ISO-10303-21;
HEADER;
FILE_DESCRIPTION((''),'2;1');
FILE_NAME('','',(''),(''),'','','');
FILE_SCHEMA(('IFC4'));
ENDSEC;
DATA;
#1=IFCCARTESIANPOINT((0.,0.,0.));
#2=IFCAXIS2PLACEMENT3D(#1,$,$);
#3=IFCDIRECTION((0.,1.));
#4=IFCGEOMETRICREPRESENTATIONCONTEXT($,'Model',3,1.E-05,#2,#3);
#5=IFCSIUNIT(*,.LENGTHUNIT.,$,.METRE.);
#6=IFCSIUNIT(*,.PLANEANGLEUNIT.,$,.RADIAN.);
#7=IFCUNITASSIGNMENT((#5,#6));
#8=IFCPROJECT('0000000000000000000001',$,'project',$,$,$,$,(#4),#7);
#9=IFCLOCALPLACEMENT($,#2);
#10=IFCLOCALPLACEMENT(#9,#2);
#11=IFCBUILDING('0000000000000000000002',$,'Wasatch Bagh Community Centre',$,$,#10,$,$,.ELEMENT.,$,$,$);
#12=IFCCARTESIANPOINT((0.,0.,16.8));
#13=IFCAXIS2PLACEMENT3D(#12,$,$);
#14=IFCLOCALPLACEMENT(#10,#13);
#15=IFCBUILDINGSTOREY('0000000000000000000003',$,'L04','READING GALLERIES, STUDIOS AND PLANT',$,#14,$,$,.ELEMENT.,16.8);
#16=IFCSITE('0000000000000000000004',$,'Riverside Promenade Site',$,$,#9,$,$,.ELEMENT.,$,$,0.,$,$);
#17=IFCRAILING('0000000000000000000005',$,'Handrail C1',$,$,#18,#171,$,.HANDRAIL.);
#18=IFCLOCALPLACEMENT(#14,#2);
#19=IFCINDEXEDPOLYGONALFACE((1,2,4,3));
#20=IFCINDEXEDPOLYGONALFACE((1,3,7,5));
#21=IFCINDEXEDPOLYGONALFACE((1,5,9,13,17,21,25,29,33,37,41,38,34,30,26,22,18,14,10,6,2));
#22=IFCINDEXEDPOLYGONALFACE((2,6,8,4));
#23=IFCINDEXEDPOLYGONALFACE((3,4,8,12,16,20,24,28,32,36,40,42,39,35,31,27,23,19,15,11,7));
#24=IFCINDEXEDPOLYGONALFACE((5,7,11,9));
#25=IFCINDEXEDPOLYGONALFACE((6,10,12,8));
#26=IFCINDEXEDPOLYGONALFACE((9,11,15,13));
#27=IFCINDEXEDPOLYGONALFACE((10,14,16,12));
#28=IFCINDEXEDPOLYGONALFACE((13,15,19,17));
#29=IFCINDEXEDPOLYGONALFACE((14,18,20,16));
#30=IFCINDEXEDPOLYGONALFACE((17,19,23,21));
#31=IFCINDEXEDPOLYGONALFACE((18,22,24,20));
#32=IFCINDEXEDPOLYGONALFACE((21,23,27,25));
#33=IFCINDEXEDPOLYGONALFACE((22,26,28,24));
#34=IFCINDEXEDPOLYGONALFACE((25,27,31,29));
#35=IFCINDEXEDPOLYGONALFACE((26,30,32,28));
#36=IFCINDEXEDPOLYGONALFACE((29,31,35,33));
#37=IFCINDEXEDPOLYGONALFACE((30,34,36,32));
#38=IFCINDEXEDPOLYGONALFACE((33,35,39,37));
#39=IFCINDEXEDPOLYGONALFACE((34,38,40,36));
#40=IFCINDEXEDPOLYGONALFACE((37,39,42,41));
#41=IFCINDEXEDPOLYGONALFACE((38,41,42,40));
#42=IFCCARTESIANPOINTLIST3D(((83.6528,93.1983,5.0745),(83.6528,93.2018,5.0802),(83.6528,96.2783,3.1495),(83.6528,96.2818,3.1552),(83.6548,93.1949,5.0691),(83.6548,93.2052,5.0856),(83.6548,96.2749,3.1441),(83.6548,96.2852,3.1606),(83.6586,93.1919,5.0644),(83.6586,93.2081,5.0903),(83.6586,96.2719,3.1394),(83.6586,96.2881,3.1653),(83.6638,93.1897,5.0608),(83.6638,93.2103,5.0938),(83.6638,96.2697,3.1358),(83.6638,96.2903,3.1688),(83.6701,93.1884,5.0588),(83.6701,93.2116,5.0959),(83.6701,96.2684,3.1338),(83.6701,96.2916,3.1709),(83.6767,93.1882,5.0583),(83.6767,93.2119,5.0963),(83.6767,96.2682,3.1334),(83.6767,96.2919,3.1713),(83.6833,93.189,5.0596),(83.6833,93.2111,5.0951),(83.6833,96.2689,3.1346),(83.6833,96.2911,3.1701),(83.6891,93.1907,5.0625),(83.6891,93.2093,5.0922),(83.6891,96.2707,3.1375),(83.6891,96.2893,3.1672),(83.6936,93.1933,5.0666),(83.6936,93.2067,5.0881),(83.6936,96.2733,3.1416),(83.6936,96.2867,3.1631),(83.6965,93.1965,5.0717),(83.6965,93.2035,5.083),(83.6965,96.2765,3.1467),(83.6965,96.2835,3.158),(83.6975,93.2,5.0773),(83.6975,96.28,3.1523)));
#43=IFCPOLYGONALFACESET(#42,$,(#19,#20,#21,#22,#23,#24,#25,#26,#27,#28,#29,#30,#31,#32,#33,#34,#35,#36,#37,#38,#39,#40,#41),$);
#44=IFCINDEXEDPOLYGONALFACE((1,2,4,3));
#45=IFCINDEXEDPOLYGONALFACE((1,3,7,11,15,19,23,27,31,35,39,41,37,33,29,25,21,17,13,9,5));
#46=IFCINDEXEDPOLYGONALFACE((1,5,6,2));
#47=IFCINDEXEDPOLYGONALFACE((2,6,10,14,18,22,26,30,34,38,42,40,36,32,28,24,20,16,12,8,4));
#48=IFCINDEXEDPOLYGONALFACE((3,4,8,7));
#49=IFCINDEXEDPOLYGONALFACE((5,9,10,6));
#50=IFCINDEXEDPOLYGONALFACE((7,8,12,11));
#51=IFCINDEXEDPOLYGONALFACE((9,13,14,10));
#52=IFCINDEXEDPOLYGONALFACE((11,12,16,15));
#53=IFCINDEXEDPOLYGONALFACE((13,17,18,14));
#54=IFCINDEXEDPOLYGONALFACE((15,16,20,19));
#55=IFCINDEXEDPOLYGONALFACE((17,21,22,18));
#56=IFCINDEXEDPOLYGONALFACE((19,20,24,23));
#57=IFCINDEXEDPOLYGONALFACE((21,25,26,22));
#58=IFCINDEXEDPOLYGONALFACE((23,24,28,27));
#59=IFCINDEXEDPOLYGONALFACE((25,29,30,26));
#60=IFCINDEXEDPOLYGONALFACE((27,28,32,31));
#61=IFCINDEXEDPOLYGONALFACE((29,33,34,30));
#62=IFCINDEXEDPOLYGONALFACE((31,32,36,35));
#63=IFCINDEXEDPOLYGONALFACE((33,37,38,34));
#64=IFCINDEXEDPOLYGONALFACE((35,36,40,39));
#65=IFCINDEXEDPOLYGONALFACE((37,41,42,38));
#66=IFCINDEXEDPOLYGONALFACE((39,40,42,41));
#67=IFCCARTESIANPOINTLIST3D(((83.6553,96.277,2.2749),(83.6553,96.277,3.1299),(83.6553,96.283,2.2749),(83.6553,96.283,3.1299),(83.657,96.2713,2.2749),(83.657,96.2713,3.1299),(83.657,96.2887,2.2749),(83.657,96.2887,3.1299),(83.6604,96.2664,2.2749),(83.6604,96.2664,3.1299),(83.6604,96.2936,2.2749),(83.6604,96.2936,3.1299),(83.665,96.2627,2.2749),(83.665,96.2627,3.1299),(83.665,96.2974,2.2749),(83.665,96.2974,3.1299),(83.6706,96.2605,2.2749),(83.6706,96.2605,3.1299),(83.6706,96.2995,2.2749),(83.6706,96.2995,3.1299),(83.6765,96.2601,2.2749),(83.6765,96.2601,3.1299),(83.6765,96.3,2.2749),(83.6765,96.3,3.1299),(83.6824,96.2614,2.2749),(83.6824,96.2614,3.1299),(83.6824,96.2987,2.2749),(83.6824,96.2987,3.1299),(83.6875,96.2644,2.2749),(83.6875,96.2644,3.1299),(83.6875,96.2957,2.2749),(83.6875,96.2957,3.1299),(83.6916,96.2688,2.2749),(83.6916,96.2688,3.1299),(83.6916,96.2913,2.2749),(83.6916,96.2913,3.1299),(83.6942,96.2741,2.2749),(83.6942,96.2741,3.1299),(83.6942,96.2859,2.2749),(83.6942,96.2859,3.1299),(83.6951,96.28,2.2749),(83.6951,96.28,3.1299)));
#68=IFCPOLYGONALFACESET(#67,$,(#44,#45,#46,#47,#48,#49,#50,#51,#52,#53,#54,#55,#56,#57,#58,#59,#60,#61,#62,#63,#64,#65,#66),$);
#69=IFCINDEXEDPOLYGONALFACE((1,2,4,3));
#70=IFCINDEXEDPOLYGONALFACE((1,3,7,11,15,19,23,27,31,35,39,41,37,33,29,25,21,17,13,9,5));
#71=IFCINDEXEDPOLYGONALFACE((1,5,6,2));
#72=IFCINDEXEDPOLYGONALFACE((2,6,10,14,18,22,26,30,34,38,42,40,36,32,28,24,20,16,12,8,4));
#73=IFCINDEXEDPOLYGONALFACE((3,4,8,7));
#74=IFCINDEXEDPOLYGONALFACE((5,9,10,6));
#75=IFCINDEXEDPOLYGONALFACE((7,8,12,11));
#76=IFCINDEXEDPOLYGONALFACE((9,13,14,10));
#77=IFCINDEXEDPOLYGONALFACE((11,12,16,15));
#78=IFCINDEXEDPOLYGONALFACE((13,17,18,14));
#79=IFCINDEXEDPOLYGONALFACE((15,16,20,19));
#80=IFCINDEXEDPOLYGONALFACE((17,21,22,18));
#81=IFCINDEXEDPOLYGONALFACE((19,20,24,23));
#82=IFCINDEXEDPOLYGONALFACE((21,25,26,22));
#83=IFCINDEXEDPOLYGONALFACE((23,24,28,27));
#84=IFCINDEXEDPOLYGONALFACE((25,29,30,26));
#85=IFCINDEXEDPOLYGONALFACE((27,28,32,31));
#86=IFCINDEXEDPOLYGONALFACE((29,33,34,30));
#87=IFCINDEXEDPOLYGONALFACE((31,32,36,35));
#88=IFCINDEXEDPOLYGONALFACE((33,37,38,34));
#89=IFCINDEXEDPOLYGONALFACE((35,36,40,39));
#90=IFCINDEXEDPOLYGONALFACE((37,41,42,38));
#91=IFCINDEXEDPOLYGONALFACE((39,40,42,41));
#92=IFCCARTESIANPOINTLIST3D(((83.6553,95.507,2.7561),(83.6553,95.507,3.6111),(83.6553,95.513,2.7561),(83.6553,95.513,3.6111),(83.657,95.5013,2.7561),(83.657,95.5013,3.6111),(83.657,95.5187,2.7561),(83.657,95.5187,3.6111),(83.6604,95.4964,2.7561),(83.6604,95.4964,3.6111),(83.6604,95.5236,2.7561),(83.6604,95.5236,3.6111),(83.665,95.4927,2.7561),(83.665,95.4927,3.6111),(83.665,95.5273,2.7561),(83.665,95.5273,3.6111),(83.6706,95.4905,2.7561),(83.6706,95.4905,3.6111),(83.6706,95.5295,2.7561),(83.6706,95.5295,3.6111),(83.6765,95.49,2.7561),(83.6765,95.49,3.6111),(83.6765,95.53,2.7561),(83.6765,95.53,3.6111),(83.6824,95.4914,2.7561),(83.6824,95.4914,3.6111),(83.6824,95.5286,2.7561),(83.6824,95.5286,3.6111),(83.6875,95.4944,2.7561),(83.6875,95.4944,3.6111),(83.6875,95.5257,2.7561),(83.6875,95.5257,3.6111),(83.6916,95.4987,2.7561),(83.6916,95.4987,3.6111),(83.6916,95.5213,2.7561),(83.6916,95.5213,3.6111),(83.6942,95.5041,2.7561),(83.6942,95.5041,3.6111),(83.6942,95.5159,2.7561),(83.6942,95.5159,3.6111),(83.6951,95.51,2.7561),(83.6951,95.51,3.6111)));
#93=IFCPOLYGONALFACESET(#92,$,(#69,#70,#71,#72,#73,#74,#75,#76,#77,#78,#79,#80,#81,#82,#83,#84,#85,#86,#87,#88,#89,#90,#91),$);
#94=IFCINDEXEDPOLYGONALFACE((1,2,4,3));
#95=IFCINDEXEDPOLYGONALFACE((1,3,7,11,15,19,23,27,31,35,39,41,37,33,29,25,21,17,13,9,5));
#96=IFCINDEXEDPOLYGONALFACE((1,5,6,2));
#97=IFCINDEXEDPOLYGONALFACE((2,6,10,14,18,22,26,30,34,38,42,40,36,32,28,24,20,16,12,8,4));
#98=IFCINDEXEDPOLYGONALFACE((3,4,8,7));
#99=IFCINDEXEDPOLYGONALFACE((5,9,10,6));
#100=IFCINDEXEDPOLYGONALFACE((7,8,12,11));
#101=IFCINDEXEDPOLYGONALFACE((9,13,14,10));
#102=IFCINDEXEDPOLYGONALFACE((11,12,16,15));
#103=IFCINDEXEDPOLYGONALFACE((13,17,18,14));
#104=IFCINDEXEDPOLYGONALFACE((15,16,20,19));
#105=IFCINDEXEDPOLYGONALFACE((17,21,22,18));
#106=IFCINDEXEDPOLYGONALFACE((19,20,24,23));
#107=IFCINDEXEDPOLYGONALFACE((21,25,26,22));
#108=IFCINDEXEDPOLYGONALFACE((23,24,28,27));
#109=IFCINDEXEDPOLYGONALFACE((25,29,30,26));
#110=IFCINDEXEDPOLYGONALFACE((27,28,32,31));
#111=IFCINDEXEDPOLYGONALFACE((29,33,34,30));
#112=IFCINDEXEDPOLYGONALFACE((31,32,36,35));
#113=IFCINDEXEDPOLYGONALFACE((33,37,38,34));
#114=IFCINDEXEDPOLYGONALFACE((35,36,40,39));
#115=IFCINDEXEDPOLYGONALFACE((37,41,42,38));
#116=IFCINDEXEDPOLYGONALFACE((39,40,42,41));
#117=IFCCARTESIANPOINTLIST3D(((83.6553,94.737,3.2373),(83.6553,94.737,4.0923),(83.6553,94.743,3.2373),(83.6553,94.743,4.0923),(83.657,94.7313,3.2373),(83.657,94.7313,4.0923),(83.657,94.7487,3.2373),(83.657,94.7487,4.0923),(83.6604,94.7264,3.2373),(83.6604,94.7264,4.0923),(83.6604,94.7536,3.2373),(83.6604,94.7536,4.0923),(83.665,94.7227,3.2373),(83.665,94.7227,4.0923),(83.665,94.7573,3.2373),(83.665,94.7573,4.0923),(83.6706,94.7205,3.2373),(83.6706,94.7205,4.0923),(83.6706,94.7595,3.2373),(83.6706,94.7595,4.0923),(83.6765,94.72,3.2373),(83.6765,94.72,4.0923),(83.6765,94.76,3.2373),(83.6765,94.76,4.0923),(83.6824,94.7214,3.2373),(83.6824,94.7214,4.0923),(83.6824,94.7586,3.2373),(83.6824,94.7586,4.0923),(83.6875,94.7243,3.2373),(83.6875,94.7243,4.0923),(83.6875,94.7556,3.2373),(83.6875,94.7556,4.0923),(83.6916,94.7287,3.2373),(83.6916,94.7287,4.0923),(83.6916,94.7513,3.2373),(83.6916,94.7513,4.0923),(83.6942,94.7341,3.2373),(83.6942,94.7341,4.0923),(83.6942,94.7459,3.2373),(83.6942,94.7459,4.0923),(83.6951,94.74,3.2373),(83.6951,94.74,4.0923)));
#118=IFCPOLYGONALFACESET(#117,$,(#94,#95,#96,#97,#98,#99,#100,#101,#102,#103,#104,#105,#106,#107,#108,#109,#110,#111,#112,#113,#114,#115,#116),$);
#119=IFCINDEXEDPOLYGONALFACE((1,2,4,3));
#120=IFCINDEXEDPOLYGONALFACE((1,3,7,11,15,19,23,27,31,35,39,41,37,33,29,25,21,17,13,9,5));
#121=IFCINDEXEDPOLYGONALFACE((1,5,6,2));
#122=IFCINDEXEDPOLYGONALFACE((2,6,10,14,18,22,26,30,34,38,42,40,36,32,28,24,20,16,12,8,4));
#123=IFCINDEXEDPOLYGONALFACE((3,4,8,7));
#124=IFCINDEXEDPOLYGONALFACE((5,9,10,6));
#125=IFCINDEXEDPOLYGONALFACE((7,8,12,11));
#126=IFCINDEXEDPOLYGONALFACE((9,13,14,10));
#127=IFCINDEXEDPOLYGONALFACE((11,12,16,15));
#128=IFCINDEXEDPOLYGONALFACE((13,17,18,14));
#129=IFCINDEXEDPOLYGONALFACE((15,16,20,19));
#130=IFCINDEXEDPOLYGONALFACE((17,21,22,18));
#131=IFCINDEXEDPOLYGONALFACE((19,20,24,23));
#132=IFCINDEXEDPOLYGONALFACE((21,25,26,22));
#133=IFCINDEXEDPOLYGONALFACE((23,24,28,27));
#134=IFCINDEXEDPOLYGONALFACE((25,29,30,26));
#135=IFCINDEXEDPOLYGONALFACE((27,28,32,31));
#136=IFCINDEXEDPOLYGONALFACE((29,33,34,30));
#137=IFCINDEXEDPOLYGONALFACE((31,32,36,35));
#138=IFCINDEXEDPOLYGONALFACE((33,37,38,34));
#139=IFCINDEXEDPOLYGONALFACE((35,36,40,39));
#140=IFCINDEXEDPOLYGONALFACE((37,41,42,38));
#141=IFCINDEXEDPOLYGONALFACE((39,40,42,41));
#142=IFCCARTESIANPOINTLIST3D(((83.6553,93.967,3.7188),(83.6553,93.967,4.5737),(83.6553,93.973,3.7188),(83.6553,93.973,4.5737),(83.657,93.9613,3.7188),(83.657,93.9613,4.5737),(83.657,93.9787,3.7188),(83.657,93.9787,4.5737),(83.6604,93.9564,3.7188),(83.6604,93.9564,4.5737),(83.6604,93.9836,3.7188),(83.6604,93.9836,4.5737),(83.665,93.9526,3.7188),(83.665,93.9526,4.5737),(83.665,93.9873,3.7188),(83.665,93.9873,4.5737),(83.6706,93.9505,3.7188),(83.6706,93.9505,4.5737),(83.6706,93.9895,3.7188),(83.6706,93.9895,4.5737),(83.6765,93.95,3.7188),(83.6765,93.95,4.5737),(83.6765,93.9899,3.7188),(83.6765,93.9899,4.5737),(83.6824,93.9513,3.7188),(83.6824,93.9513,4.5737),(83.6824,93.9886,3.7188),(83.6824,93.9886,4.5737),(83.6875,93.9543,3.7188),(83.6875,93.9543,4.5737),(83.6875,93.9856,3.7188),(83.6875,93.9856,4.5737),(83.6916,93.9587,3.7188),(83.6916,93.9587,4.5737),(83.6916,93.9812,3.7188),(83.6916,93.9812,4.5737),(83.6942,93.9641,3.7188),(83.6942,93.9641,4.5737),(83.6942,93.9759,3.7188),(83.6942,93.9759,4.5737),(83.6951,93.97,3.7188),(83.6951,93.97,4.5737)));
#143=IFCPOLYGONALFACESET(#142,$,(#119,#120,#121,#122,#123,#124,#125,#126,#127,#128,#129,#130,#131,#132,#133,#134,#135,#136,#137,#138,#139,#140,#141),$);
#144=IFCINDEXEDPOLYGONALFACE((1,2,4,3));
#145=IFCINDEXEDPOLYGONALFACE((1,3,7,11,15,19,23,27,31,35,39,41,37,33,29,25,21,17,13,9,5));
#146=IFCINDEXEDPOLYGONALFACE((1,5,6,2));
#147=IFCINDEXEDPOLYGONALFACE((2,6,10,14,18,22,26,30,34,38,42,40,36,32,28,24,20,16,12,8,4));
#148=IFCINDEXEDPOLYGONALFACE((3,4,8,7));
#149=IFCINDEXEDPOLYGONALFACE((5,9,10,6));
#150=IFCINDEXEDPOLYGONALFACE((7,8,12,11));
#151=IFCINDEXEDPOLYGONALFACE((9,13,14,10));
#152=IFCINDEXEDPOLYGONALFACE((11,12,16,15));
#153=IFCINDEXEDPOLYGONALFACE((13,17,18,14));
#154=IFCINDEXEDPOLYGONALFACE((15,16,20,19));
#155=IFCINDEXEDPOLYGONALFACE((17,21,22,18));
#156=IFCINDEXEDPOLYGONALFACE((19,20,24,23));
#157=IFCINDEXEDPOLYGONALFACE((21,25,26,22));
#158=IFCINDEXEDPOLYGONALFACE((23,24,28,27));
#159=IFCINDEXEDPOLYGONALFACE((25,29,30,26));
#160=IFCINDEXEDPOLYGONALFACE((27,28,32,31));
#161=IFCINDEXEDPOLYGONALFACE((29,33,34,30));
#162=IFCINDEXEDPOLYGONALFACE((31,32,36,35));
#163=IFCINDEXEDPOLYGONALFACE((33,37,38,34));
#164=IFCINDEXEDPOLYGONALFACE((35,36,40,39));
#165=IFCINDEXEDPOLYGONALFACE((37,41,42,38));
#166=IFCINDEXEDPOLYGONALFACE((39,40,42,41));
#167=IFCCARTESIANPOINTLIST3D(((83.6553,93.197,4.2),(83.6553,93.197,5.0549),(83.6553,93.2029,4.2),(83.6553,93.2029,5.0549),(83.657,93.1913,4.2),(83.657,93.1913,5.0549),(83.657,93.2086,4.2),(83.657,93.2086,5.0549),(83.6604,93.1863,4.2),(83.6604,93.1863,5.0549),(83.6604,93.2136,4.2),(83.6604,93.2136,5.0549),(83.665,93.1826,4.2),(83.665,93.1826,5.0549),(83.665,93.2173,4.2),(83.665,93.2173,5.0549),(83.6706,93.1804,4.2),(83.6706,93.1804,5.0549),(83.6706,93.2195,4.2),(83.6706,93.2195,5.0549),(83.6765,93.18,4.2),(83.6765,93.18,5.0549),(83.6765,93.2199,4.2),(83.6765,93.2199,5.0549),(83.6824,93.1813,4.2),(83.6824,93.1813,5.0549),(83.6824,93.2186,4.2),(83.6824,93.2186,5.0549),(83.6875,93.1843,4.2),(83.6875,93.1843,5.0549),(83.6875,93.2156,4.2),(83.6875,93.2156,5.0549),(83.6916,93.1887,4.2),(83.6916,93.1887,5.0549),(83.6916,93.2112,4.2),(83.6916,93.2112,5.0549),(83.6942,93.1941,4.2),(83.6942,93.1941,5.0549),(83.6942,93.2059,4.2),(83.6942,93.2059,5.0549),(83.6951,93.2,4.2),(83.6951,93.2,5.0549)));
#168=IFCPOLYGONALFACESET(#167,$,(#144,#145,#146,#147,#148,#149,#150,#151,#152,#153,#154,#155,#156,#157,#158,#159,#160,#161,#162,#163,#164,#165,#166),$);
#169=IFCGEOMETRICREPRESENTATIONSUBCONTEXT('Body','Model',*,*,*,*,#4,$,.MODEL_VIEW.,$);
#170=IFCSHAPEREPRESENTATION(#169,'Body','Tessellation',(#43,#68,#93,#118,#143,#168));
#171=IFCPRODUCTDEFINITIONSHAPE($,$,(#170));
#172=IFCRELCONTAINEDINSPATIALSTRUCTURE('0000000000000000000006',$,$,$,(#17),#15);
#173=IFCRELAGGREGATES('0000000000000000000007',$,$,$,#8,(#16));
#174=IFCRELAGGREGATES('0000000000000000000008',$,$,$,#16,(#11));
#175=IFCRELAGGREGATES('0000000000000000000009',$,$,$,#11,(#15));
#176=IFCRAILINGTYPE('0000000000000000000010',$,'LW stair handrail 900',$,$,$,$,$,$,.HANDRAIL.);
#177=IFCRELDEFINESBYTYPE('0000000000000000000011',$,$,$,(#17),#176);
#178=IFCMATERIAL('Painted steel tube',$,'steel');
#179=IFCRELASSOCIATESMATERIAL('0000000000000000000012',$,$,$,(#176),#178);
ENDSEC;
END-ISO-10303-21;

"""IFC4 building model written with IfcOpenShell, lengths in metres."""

from ifc_helpers import new_model, si_unit, direction, frame, origin, origin_2d, place, context, subcontext, project, spatial, circle, extrude, material, type_object, element, save


model = new_model("IFC4")

# Units and contexts
model_context = context("Model", 3, precision=1e-05, world=origin(), true_north=direction((0.0, 1.0)))
body_context = subcontext(model_context, "Body", "Model", "MODEL_VIEW")
ifc_project = project(units=[si_unit("LENGTHUNIT", "METRE"), si_unit("PLANEANGLEUNIT", "RADIAN")], contexts=[model_context])

# Site, building, storey
site_placement = place(None, origin())
site = spatial("IfcSite", under=ifc_project, at=site_placement, Name="Riverside Promenade Site", CompositionType="ELEMENT", RefElevation=0.0)
building_placement = place(site_placement, origin())
building = spatial("IfcBuilding", under=site, at=building_placement, Name="Wasatch Bagh Community Centre", CompositionType="ELEMENT")
storey_placement = place(building_placement, frame((0.0, 0.0, 16.8)))
storey = spatial("IfcBuildingStorey", under=building, at=storey_placement, Name="L04", Description="READING GALLERIES, STUDIOS AND PLANT", CompositionType="ELEMENT", Elevation=16.8)

# Railing
ifc_material_1 = material(Name="Painted steel tube", Category="steel")
railing_type_1 = type_object("IfcRailingType", Name="LW stair handrail 900", PredefinedType="HANDRAIL", material=ifc_material_1)
for number, where, name in (
    (1, (83.675, 96.28, 2.2749), "Handrail C1"),
):
    element("IfcRailing", number, at=place(storey_placement, frame(where)), inside=storey, type_object=railing_type_1, Name=name, PredefinedType="HANDRAIL", context=body_context, shape_type="SweptSolid", body=[
        extrude(circle(Radius=0.0225, at=origin_2d()), frame((0.0, 0.0, 0.8774), z_axis=(0.0, -0.847998, 0.529999), x_axis=(1.0, 0.0, 0.0)), (0.0, 0.0, 1.0), 3.6321),
        extrude(circle(Radius=0.02, at=origin_2d()), origin(), (0.0, 0.0, 1.0), 0.855),
        extrude(circle(Radius=0.02, at=origin_2d()), frame((0.0, -0.77, 0.4812)), (0.0, 0.0, 1.0), 0.855),
        extrude(circle(Radius=0.02, at=origin_2d()), frame((0.0, -1.54, 0.9624)), (0.0, 0.0, 1.0), 0.855),
        extrude(circle(Radius=0.02, at=origin_2d()), frame((0.0, -2.3101, 1.4438)), (0.0, 0.0, 1.0), 0.855),
        extrude(circle(Radius=0.02, at=origin_2d()), frame((0.0, -3.0801, 1.925)), (0.0, 0.0, 1.0), 0.855),
    ])

save(model, "model.ifc")
